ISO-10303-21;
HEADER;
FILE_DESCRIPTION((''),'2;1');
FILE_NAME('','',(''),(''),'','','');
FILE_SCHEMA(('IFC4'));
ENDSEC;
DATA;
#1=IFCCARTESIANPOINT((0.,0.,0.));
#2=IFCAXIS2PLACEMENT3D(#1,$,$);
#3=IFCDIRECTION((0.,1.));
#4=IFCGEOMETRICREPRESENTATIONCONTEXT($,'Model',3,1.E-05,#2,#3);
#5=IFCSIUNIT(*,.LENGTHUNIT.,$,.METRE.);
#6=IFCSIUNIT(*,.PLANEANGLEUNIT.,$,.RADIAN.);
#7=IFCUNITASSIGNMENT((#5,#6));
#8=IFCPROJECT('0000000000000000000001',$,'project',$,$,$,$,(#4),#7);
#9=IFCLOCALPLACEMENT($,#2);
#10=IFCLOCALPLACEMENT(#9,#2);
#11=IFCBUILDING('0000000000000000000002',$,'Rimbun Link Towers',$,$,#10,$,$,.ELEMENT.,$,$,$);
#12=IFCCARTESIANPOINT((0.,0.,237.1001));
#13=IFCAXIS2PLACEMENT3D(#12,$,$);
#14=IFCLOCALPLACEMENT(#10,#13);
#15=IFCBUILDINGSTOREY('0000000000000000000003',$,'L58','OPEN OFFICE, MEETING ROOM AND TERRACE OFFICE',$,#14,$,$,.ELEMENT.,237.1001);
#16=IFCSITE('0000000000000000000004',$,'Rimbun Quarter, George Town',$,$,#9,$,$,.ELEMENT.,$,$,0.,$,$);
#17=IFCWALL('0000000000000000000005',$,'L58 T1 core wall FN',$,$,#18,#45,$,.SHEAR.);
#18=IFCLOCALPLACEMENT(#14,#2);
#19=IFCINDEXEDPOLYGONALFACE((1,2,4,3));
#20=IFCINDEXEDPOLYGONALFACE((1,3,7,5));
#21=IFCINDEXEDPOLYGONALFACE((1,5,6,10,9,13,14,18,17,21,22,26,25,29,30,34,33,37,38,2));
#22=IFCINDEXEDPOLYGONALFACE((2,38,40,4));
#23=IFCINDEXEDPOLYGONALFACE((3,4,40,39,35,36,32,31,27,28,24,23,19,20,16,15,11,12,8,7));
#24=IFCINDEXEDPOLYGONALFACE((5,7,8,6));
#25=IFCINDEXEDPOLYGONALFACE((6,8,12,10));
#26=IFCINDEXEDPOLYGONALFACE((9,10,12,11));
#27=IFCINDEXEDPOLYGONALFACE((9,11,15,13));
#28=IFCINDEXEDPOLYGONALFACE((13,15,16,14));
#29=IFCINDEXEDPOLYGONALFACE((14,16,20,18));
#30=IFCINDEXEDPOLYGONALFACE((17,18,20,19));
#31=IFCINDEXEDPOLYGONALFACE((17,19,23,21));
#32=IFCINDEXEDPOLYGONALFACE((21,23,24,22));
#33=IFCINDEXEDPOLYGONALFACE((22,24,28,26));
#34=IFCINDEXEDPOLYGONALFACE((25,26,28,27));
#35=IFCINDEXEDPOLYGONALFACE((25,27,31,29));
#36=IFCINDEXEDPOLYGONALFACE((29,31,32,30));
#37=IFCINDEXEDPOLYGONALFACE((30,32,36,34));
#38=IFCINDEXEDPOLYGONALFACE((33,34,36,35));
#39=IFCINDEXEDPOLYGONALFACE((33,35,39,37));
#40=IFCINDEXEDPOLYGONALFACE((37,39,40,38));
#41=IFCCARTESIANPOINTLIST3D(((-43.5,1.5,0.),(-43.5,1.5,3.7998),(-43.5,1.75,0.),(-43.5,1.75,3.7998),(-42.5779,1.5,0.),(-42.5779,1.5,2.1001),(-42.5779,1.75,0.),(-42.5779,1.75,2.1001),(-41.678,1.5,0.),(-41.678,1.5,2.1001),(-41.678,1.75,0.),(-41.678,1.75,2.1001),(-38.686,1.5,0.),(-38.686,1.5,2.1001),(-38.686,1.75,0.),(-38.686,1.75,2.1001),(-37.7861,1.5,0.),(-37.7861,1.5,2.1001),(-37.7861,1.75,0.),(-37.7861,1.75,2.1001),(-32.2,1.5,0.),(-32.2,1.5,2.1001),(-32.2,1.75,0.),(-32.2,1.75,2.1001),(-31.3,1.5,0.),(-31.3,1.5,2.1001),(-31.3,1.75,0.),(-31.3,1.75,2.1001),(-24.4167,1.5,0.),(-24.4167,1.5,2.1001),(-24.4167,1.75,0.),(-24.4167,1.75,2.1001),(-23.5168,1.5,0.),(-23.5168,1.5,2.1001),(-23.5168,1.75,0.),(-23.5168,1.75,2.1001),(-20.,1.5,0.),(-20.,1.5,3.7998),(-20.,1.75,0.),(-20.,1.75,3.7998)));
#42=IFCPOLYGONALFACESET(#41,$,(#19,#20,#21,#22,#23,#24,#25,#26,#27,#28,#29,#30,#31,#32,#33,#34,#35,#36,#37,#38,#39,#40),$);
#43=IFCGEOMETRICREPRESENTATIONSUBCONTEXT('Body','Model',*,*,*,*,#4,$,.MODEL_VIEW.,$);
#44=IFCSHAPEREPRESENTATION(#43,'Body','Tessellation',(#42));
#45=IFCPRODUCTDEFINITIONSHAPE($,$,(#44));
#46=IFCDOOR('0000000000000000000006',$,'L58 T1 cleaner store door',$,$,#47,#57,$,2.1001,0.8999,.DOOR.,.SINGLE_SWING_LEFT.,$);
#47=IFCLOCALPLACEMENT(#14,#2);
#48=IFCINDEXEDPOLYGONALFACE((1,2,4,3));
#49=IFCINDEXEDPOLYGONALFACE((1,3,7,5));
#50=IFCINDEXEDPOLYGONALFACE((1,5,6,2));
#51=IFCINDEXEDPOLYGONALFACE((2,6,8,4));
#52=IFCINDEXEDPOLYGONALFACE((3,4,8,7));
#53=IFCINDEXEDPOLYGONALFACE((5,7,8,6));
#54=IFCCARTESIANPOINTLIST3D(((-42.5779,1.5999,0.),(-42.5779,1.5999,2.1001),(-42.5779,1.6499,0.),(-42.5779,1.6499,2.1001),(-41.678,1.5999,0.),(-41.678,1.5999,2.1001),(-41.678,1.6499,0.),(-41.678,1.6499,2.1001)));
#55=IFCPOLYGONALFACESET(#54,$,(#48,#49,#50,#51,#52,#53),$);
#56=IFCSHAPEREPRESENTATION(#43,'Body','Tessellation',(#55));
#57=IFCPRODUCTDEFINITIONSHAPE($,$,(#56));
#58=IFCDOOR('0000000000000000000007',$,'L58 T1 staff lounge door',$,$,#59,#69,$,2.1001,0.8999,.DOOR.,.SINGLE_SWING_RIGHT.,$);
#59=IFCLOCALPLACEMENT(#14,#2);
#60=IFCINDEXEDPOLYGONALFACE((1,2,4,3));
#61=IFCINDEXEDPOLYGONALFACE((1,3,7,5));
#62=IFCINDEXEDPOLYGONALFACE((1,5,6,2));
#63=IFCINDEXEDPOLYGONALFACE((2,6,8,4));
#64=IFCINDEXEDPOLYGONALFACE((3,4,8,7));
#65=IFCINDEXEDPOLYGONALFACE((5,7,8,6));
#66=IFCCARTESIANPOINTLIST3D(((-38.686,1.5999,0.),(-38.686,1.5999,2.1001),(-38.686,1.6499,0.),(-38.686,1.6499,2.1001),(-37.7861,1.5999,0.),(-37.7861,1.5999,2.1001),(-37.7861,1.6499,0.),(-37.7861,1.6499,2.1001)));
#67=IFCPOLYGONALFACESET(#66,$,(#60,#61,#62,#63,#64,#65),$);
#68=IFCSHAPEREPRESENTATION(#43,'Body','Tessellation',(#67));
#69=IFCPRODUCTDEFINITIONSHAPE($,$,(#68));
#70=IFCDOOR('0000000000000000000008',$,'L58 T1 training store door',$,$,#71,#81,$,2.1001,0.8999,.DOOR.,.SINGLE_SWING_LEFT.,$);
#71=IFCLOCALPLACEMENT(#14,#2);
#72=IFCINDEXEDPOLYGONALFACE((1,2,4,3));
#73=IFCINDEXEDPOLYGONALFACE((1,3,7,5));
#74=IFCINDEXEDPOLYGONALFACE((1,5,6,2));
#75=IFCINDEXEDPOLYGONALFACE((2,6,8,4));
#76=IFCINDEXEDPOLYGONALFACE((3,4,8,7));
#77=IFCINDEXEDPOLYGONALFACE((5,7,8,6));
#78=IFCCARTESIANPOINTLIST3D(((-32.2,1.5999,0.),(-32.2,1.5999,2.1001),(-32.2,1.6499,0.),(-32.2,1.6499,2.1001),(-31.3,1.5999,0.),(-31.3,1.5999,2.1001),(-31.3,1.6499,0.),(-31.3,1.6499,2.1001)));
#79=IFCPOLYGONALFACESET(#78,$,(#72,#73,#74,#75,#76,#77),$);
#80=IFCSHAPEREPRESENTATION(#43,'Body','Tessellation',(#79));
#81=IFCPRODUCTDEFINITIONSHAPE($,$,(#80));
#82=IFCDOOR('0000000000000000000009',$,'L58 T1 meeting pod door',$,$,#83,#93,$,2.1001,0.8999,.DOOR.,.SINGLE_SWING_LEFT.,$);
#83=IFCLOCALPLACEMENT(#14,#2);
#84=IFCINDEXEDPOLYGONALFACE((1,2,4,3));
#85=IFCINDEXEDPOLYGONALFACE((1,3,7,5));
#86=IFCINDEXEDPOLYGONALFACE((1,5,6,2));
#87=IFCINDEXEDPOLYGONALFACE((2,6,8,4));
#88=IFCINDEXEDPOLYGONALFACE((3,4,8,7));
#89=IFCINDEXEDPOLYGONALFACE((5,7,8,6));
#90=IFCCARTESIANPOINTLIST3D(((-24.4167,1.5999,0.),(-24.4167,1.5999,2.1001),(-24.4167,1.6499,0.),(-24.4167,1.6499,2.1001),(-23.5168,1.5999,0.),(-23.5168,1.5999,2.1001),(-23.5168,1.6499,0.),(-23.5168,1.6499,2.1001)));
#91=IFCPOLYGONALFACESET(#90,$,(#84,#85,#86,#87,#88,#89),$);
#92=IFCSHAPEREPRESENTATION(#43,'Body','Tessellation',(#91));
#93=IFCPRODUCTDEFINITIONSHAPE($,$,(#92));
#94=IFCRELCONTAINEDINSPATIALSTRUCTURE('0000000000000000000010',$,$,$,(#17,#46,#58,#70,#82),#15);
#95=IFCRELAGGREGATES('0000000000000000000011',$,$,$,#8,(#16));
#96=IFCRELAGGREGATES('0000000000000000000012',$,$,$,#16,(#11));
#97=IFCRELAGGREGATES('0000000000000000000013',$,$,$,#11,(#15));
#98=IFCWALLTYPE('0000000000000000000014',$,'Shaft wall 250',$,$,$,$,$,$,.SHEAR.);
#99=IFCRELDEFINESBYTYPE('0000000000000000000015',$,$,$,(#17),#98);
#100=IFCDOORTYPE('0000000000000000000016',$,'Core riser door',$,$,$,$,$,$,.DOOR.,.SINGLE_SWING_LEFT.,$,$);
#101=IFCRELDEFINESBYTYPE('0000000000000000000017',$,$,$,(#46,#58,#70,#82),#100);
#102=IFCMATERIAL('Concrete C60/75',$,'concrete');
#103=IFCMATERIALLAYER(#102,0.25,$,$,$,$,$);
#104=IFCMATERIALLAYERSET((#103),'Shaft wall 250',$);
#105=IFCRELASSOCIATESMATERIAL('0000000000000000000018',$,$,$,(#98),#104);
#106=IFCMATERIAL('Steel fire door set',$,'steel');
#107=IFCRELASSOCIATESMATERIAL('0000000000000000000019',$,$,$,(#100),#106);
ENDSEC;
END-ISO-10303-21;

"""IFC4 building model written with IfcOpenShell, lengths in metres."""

from ifc_helpers import new_model, si_unit, direction, frame, frame_2d, origin, place, context, subcontext, project, spatial, rectangle, extrude, material, layer, layer_set, type_object, element, fill, save


model = new_model("IFC4")

# Units and contexts
model_context = context("Model", 3, precision=1e-05, world=origin(), true_north=direction((0.0, 1.0)))
body_context = subcontext(model_context, "Body", "Model", "MODEL_VIEW")
ifc_project = project(units=[si_unit("LENGTHUNIT", "METRE"), si_unit("PLANEANGLEUNIT", "RADIAN")], contexts=[model_context])

# Site, building, storey
site_placement = place(None, origin())
site = spatial("IfcSite", under=ifc_project, at=site_placement, Name="Rimbun Quarter, George Town", CompositionType="ELEMENT", RefElevation=0.0)
building_placement = place(site_placement, origin())
building = spatial("IfcBuilding", under=site, at=building_placement, Name="Rimbun Link Towers", CompositionType="ELEMENT")
storey_placement = place(building_placement, frame((0.0, 0.0, 237.1001)))
storey = spatial("IfcBuildingStorey", under=building, at=storey_placement, Name="L58", Description="OPEN OFFICE, MEETING ROOM AND TERRACE OFFICE", CompositionType="ELEMENT", Elevation=237.1001)

# Shared definitions
ifc_material_1 = material(Name="Concrete C60/75", Category="concrete")
ifc_layer_1 = layer(ifc_material_1, 0.25)
ifc_layer_set_1 = layer_set([ifc_layer_1], Name="Shaft wall 250")
wall_type_1 = type_object("IfcWallType", Name="Shaft wall 250", PredefinedType="SHEAR", material=ifc_layer_set_1)

# Wall, openings, doors
wall_1_placement = place(storey_placement, frame((-43.5, 1.625, 0.0), z_axis=(0.0, 0.0, 1.0), x_axis=(1.0, 0.0, 0.0)))
wall_1 = element("IfcWall", 1, at=wall_1_placement, inside=storey, type_object=wall_type_1, Name="L58 T1 core wall FN", PredefinedType="SHEAR", context=body_context, shape_type="SweptSolid", body=[
    extrude(rectangle(XDim=23.5, YDim=0.25, at=frame_2d((11.75, 0.0))), origin(), (0.0, 0.0, 1.0), 3.7998),
])
opening_1_placement = place(wall_1_placement, frame((0.9221, 0.0, 0.0)))
opening_1 = element("IfcOpeningElement", 2, at=opening_1_placement, cuts=wall_1, PredefinedType="OPENING", context=body_context, shape_type="SweptSolid", body=[
    extrude(rectangle(XDim=0.8999, YDim=2.1001, at=frame_2d((0.45, 1.05))), frame((0.0, 0.135, 0.0), z_axis=(0.0, -1.0, 0.0), x_axis=(1.0, 0.0, 0.0)), (0.0, 0.0, 1.0), 0.27),
])
opening_2_placement = place(wall_1_placement, frame((4.814, 0.0, 0.0)))
opening_2 = element("IfcOpeningElement", 3, at=opening_2_placement, cuts=wall_1, PredefinedType="OPENING", context=body_context, shape_type="SweptSolid", body=[
    extrude(rectangle(XDim=0.8999, YDim=2.1001, at=frame_2d((0.45, 1.05))), frame((0.0, 0.135, 0.0), z_axis=(0.0, -1.0, 0.0), x_axis=(1.0, 0.0, 0.0)), (0.0, 0.0, 1.0), 0.27),
])
opening_3_placement = place(wall_1_placement, frame((11.3, 0.0, 0.0)))
opening_3 = element("IfcOpeningElement", 4, at=opening_3_placement, cuts=wall_1, PredefinedType="OPENING", context=body_context, shape_type="SweptSolid", body=[
    extrude(rectangle(XDim=0.8999, YDim=2.1001, at=frame_2d((0.45, 1.05))), frame((0.0, 0.135, 0.0), z_axis=(0.0, -1.0, 0.0), x_axis=(1.0, 0.0, 0.0)), (0.0, 0.0, 1.0), 0.27),
])
opening_4_placement = place(wall_1_placement, frame((19.0833, 0.0, 0.0)))
opening_4 = element("IfcOpeningElement", 5, at=opening_4_placement, cuts=wall_1, PredefinedType="OPENING", context=body_context, shape_type="SweptSolid", body=[
    extrude(rectangle(XDim=0.8999, YDim=2.1001, at=frame_2d((0.45, 1.05))), frame((0.0, 0.135, 0.0), z_axis=(0.0, -1.0, 0.0), x_axis=(1.0, 0.0, 0.0)), (0.0, 0.0, 1.0), 0.27),
])
ifc_material_2 = material(Name="Steel fire door set", Category="steel")
door_type_1 = type_object("IfcDoorType", Name="Core riser door", OperationType="SINGLE_SWING_LEFT", PredefinedType="DOOR", material=ifc_material_2)
door_1_placement = place(opening_1_placement, origin())
door_1 = element("IfcDoor", 6, at=door_1_placement, inside=storey, type_object=door_type_1, Name="L58 T1 cleaner store door", OperationType="SINGLE_SWING_LEFT", OverallHeight=2.1001, OverallWidth=0.8999, PredefinedType="DOOR", context=body_context, shape_type="SweptSolid", body=[
    extrude(rectangle(XDim=0.8999, YDim=2.1001, at=frame_2d((0.45, 1.05))), frame((0.0, 0.0249, 0.0), z_axis=(0.0, -1.0, 0.0), x_axis=(1.0, 0.0, 0.0)), (0.0, 0.0, 1.0), 0.05),
])
fill(opening_1, door_1)
door_2_placement = place(opening_2_placement, origin())
door_2 = element("IfcDoor", 7, at=door_2_placement, inside=storey, type_object=door_type_1, Name="L58 T1 staff lounge door", OperationType="SINGLE_SWING_RIGHT", OverallHeight=2.1001, OverallWidth=0.8999, PredefinedType="DOOR", context=body_context, shape_type="SweptSolid", body=[
    extrude(rectangle(XDim=0.8999, YDim=2.1001, at=frame_2d((0.45, 1.05))), frame((0.0, 0.0249, 0.0), z_axis=(0.0, -1.0, 0.0), x_axis=(1.0, 0.0, 0.0)), (0.0, 0.0, 1.0), 0.05),
])
fill(opening_2, door_2)
door_3_placement = place(opening_3_placement, origin())
door_3 = element("IfcDoor", 8, at=door_3_placement, inside=storey, type_object=door_type_1, Name="L58 T1 training store door", OperationType="SINGLE_SWING_LEFT", OverallHeight=2.1001, OverallWidth=0.8999, PredefinedType="DOOR", context=body_context, shape_type="SweptSolid", body=[
    extrude(rectangle(XDim=0.8999, YDim=2.1001, at=frame_2d((0.45, 1.05))), frame((0.0, 0.0249, 0.0), z_axis=(0.0, -1.0, 0.0), x_axis=(1.0, 0.0, 0.0)), (0.0, 0.0, 1.0), 0.05),
])
fill(opening_3, door_3)
door_4_placement = place(opening_4_placement, origin())
door_4 = element("IfcDoor", 9, at=door_4_placement, inside=storey, type_object=door_type_1, Name="L58 T1 meeting pod door", OperationType="SINGLE_SWING_LEFT", OverallHeight=2.1001, OverallWidth=0.8999, PredefinedType="DOOR", context=body_context, shape_type="SweptSolid", body=[
    extrude(rectangle(XDim=0.8999, YDim=2.1001, at=frame_2d((0.45, 1.05))), frame((0.0, 0.0249, 0.0), z_axis=(0.0, -1.0, 0.0), x_axis=(1.0, 0.0, 0.0)), (0.0, 0.0, 1.0), 0.05),
])
fill(opening_4, door_4)

save(model, "model.ifc")
